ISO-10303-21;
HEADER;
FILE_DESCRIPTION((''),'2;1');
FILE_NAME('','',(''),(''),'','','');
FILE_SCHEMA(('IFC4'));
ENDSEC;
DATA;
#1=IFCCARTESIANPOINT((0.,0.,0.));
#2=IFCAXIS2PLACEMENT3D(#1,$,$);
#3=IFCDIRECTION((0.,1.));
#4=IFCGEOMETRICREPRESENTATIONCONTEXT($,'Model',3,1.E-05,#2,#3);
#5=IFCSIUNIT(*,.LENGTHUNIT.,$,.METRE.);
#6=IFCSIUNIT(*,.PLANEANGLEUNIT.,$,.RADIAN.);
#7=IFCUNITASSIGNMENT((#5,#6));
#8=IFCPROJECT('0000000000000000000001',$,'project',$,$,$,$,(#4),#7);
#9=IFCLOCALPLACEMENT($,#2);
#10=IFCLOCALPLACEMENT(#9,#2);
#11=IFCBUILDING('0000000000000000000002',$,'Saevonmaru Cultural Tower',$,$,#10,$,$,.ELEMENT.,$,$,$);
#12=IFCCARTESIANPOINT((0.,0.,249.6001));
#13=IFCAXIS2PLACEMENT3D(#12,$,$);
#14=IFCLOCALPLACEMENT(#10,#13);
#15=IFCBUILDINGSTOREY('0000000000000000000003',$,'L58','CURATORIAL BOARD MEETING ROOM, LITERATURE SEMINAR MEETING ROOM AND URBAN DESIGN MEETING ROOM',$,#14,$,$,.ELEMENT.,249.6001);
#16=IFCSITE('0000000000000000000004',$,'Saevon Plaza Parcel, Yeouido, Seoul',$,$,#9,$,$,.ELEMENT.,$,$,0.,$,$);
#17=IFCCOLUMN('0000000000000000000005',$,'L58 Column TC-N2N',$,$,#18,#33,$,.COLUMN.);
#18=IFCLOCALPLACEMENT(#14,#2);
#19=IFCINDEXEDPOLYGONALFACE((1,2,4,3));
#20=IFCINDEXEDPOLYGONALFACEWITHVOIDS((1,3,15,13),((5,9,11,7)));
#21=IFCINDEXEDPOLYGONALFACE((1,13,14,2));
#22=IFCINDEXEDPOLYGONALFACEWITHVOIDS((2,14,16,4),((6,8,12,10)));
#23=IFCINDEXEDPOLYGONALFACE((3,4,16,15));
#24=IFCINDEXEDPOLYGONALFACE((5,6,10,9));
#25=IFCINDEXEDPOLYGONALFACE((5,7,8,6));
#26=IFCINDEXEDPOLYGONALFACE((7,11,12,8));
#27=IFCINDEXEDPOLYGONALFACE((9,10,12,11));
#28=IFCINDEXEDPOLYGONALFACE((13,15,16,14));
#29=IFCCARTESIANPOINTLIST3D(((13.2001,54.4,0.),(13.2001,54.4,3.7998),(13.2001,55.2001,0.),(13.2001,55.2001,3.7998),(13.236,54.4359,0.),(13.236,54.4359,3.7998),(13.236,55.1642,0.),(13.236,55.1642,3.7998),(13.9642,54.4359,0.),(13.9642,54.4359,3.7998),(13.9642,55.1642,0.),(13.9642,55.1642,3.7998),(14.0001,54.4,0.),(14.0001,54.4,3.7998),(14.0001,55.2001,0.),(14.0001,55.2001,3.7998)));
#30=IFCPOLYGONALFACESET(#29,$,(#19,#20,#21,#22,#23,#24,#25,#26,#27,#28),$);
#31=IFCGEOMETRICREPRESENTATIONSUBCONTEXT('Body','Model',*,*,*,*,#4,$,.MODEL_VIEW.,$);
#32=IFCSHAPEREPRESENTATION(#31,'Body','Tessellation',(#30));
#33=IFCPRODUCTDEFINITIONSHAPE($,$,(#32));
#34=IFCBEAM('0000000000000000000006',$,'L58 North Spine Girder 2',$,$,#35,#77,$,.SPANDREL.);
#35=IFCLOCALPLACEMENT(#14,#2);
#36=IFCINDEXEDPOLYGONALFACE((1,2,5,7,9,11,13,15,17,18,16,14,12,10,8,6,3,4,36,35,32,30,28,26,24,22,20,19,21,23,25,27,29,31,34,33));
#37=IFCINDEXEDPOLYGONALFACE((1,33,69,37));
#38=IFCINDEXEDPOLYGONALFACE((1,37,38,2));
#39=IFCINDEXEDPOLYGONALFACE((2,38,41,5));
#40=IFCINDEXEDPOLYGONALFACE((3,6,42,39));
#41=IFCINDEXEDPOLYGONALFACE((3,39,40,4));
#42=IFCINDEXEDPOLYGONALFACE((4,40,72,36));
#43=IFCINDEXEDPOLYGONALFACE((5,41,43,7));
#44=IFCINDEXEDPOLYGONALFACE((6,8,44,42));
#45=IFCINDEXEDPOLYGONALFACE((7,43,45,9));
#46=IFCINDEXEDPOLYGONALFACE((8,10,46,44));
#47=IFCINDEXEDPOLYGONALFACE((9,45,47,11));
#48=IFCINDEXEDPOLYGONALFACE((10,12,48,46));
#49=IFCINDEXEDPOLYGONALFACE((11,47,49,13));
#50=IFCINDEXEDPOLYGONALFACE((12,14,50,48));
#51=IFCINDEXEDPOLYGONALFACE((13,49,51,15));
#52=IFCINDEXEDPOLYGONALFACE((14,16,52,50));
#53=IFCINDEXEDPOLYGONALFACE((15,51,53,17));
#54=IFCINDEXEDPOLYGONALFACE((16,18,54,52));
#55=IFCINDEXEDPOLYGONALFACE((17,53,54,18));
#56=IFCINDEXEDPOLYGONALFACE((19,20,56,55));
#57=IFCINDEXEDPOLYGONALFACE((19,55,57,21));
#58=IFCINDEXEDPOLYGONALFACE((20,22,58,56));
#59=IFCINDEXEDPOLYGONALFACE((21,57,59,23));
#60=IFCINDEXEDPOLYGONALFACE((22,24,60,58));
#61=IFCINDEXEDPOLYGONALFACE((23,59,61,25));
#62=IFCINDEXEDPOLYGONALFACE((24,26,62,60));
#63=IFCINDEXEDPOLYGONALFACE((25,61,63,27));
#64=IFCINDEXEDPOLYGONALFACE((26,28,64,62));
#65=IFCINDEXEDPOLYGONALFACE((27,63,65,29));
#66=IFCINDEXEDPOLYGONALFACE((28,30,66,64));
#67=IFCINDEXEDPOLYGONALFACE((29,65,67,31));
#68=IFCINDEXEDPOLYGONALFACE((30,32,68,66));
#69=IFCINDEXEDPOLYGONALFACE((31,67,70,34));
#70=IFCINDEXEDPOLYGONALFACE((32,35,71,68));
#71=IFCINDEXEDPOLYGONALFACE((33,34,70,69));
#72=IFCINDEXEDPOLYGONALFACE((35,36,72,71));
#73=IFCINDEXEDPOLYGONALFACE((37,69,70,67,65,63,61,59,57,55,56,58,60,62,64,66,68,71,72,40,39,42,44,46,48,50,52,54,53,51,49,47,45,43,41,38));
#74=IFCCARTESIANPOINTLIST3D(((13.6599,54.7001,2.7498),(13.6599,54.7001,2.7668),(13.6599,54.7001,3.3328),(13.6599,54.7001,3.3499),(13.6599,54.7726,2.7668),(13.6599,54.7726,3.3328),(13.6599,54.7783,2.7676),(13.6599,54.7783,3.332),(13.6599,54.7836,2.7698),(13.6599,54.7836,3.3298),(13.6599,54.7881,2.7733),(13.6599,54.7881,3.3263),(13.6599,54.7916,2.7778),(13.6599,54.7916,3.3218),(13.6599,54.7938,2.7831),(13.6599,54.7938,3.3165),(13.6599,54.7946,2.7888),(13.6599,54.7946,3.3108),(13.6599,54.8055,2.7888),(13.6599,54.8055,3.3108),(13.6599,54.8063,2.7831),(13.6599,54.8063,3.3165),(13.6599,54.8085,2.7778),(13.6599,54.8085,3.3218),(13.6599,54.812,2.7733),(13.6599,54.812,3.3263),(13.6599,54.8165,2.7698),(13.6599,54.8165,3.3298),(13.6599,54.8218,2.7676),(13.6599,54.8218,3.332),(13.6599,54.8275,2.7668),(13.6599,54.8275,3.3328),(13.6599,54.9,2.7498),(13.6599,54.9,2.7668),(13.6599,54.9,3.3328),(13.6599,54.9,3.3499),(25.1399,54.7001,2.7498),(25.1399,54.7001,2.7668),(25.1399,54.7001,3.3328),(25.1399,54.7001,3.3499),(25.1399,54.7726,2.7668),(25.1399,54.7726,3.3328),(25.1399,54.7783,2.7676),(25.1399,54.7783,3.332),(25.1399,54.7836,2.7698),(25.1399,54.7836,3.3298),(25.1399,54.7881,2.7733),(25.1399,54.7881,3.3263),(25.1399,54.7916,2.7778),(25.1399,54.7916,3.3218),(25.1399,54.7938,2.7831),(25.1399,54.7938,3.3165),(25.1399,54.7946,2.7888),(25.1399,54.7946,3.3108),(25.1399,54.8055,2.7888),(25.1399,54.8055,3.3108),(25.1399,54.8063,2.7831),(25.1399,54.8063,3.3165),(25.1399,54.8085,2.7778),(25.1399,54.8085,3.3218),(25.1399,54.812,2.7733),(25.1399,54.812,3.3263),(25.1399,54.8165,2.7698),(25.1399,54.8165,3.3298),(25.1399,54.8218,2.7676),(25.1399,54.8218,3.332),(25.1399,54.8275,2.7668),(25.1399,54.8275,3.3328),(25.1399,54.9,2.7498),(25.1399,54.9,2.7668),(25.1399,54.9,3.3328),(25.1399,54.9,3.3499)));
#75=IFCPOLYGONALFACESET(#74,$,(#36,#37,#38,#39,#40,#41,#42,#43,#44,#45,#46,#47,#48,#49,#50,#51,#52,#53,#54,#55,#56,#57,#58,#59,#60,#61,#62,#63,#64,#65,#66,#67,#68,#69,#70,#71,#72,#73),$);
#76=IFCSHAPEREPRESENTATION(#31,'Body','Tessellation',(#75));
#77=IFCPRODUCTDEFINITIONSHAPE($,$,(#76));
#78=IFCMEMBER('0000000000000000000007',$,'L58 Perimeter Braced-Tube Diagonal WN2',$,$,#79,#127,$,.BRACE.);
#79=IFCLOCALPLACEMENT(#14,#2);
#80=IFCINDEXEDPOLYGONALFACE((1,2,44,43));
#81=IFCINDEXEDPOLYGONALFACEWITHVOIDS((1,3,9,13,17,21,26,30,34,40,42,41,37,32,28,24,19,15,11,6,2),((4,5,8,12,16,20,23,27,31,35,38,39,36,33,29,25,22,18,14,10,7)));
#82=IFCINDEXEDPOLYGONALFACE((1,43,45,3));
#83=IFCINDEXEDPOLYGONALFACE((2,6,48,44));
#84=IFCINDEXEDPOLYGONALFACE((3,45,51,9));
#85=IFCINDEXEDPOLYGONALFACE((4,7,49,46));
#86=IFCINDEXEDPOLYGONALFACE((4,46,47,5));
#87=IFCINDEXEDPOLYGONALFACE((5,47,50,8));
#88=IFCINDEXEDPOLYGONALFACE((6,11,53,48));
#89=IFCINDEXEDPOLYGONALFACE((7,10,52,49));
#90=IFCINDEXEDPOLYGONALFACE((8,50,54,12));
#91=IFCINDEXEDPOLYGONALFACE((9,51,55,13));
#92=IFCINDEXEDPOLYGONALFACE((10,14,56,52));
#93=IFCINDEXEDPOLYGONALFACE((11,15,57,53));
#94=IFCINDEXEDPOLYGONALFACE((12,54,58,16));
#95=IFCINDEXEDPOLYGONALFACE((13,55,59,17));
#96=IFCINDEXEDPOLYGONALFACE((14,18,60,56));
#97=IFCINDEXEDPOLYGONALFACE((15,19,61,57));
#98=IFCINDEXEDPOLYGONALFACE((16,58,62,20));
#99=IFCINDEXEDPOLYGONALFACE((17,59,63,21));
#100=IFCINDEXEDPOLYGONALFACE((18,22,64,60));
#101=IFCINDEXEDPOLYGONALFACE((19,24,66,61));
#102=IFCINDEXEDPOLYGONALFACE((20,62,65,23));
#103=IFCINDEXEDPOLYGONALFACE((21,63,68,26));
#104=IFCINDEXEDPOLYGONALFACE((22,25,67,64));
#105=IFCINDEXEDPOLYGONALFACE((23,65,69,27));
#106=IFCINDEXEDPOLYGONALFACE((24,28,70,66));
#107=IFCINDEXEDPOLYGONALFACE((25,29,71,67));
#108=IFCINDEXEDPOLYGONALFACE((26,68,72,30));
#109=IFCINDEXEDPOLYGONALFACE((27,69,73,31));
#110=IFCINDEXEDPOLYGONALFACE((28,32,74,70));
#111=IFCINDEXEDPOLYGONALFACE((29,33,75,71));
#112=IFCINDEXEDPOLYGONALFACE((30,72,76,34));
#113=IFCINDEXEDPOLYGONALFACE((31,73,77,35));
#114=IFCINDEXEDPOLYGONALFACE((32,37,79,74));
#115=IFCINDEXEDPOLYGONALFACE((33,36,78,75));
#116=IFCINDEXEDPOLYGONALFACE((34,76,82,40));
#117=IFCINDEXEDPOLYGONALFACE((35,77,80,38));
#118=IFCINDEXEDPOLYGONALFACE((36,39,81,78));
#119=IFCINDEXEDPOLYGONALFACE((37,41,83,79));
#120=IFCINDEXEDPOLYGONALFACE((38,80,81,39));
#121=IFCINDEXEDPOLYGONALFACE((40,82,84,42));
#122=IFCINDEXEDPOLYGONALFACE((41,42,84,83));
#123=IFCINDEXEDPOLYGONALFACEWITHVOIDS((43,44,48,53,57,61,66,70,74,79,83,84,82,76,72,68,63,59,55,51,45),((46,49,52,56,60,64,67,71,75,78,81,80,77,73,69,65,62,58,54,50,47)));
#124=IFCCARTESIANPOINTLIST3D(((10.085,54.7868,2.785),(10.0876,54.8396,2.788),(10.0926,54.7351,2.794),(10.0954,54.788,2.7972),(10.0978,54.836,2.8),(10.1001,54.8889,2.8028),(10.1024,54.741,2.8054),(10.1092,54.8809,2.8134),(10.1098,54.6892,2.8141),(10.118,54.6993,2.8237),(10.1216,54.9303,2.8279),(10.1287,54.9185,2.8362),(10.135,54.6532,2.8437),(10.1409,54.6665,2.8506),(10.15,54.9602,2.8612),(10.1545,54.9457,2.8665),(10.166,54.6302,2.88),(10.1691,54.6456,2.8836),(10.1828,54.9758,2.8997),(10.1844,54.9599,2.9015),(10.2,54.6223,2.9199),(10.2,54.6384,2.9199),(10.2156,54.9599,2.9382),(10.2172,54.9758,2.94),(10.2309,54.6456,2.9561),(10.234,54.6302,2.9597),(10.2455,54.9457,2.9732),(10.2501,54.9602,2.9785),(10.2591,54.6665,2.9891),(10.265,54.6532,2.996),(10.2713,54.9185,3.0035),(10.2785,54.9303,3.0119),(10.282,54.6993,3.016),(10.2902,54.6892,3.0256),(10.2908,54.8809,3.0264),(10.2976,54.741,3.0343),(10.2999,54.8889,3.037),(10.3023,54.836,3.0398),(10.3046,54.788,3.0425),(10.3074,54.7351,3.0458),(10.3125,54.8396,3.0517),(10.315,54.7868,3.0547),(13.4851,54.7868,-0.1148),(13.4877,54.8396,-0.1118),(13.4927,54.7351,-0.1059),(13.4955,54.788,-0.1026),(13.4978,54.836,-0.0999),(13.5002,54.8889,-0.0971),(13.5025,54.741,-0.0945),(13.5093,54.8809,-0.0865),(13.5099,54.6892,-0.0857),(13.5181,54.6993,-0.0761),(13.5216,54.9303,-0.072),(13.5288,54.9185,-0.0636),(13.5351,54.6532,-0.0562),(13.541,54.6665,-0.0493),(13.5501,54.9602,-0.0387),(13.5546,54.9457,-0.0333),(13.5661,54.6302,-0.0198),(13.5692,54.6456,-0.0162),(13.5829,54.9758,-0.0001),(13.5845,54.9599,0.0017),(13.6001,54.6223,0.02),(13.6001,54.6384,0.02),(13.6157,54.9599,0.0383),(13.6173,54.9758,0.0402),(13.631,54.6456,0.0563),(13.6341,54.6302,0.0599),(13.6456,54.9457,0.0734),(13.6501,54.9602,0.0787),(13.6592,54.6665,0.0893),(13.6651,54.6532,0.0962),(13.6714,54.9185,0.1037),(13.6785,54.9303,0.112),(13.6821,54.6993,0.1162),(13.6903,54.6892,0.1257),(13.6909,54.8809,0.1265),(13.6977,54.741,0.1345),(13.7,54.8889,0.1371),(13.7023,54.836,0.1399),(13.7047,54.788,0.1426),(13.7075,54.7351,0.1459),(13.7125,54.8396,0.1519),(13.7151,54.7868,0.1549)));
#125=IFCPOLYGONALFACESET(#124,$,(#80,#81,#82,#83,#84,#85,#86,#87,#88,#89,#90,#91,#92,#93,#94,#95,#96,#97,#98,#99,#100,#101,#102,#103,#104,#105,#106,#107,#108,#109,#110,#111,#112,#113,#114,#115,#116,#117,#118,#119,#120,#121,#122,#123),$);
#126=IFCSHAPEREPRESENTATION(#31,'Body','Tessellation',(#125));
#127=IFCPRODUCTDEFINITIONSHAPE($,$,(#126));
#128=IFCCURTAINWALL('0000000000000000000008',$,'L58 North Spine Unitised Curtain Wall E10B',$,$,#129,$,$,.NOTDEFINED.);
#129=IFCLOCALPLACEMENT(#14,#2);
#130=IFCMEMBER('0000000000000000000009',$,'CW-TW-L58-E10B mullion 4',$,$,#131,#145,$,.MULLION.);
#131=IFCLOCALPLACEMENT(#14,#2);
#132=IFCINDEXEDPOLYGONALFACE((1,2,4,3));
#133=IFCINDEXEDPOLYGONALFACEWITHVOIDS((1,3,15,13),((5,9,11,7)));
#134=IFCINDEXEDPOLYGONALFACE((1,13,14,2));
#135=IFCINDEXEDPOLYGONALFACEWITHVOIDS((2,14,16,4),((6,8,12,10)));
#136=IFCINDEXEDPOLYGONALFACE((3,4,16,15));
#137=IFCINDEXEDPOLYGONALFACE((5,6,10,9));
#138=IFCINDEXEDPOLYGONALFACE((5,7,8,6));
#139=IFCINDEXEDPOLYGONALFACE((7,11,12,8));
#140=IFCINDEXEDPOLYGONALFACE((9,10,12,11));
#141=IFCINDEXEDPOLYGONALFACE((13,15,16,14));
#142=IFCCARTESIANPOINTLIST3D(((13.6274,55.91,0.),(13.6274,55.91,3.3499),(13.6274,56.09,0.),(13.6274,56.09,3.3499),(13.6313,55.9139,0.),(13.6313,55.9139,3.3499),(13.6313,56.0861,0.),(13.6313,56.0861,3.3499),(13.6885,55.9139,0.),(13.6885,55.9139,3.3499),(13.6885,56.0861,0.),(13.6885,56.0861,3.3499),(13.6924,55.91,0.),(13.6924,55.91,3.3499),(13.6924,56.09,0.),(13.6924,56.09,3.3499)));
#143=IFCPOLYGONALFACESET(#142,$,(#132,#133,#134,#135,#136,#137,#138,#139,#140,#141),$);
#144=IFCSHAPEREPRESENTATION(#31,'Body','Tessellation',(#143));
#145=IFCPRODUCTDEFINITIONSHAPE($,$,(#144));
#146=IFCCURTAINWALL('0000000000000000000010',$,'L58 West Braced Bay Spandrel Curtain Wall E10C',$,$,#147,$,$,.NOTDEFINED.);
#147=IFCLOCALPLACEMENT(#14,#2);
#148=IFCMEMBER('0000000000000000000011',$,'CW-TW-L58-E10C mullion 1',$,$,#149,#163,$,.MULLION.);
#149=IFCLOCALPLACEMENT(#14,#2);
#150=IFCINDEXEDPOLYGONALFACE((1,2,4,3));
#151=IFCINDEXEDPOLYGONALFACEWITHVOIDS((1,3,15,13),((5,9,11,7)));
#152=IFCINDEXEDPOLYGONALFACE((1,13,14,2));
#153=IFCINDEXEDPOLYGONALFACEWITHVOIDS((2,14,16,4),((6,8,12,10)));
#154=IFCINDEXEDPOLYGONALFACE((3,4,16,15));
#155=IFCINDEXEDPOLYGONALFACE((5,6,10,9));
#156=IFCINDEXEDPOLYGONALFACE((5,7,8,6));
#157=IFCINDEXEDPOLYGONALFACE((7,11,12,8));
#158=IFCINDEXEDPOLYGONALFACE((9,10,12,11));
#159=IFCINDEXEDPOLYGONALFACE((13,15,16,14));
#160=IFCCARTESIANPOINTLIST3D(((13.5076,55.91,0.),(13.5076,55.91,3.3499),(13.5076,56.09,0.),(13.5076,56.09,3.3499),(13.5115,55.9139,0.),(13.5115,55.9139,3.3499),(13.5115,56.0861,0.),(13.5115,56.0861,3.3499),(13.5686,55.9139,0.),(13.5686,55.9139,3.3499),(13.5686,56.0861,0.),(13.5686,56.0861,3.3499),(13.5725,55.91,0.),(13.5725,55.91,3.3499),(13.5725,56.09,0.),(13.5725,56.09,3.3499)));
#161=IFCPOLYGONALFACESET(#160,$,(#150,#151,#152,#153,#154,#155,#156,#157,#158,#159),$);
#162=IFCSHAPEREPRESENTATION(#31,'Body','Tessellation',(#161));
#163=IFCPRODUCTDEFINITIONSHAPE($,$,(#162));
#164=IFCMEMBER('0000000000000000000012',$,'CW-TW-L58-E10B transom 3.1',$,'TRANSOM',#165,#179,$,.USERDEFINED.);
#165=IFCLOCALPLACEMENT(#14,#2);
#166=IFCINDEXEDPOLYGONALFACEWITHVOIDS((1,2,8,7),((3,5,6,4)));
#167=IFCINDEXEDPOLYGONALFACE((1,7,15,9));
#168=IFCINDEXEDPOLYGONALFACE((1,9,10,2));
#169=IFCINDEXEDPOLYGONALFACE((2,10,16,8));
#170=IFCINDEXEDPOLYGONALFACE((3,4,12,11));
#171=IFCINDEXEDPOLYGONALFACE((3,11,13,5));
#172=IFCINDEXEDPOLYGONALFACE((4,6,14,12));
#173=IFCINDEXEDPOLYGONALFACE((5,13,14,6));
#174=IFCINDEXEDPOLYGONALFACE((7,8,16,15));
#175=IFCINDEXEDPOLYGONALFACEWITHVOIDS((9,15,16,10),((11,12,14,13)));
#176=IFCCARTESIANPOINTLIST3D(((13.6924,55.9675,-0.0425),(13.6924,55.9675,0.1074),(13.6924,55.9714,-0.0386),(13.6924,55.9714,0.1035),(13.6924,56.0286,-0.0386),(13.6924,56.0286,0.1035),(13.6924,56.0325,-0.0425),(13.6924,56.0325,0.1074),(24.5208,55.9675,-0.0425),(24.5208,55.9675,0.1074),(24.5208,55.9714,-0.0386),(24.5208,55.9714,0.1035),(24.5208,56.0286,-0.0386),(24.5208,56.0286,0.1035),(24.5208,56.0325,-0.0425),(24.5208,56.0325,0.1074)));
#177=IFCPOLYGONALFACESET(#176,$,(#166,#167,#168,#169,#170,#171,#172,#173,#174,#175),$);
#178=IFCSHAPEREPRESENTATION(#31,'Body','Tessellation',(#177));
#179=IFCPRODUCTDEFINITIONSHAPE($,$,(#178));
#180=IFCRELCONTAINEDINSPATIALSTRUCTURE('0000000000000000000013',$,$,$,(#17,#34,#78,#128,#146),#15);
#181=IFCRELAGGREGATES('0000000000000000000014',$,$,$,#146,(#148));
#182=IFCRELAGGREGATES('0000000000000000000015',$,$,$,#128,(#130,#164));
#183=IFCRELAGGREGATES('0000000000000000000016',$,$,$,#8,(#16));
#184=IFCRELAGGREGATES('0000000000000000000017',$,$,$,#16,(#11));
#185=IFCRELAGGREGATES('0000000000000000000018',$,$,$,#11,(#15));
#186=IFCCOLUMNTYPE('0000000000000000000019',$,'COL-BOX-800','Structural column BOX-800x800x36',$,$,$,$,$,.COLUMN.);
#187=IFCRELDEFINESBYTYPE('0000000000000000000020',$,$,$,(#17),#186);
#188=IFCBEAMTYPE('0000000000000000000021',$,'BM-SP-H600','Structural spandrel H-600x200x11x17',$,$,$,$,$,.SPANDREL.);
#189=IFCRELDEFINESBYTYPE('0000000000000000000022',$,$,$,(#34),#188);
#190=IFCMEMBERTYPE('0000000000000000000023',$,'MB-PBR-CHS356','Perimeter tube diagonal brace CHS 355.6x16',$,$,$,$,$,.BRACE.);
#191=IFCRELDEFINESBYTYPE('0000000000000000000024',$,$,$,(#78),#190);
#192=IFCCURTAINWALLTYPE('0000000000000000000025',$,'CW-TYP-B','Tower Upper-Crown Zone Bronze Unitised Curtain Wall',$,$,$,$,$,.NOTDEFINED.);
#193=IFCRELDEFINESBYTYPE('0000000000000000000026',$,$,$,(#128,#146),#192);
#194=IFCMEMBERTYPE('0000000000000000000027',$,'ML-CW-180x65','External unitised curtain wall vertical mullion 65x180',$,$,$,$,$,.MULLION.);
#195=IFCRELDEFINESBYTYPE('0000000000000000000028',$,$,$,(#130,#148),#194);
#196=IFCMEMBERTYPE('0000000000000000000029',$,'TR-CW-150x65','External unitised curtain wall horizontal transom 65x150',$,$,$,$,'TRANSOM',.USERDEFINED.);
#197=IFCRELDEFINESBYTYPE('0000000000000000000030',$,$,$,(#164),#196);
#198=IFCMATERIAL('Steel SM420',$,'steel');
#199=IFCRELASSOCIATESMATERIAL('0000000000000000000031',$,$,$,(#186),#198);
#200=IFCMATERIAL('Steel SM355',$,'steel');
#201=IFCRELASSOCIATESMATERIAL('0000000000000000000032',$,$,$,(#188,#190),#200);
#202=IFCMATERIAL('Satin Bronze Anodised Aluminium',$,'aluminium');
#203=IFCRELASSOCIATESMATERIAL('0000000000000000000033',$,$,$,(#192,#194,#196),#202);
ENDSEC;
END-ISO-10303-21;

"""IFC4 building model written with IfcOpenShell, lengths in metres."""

from ifc_helpers import new_model, si_unit, direction, frame, origin, origin_2d, place, context, subcontext, project, spatial, hollow_rectangle, hollow_circle, i_section, extrude, material, material_profile, profile_set, type_object, element, aggregate, save


model = new_model("IFC4")

# Units and contexts
model_context = context("Model", 3, precision=1e-05, world=origin(), true_north=direction((0.0, 1.0)))
body_context = subcontext(model_context, "Body", "Model", "MODEL_VIEW")
ifc_project = project(units=[si_unit("LENGTHUNIT", "METRE"), si_unit("PLANEANGLEUNIT", "RADIAN")], contexts=[model_context])

# Site, building, storey
site_placement = place(None, origin())
site = spatial("IfcSite", under=ifc_project, at=site_placement, Name="Saevon Plaza Parcel, Yeouido, Seoul", CompositionType="ELEMENT", RefElevation=0.0)
building_placement = place(site_placement, origin())
building = spatial("IfcBuilding", under=site, at=building_placement, Name="Saevonmaru Cultural Tower", CompositionType="ELEMENT")
storey_placement = place(building_placement, frame((0.0, 0.0, 249.6001)))
storey = spatial("IfcBuildingStorey", under=building, at=storey_placement, Name="L58", Description="CURATORIAL BOARD MEETING ROOM, LITERATURE SEMINAR MEETING ROOM AND URBAN DESIGN MEETING ROOM", CompositionType="ELEMENT", Elevation=249.6001)

# Column
ifc_material_1 = material(Name="Steel SM420", Category="steel")
ifc_material_profile_1 = material_profile(ifc_material_1, hollow_rectangle(XDim=0.8, YDim=0.8, WallThickness=0.0359, at=origin_2d()), Name="BOX-800x800x36")
ifc_profile_set_1 = profile_set([ifc_material_profile_1], Name="Steel SM420")
column_type = type_object("IfcColumnType", Name="COL-BOX-800", Description="Structural column BOX-800x800x36", PredefinedType="COLUMN", material=ifc_profile_set_1)
column_placement = place(storey_placement, frame((13.6001, 54.8, 0.0), z_axis=(0.0, 0.0, 1.0), x_axis=(1.0, 0.0, 0.0)))
element("IfcColumn", 1, at=column_placement, inside=storey, type_object=column_type, Name="L58 Column TC-N2N", PredefinedType="COLUMN", context=body_context, shape_type="SweptSolid", body=[
    extrude(hollow_rectangle(XDim=0.8, YDim=0.8, WallThickness=0.0359, at=origin_2d()), origin(), (0.0, 0.0, 1.0), 3.7998),
])

# Beam
ifc_material_2 = material(Name="Steel SM355", Category="steel")
ifc_material_profile_2 = material_profile(ifc_material_2, i_section(OverallWidth=0.2, OverallDepth=0.6001, WebThickness=0.011, FlangeThickness=0.0171, FilletRadius=0.022, at=origin_2d()), Name="H-600x200x11x17")
ifc_profile_set_2 = profile_set([ifc_material_profile_2], Name="Steel SM355")
beam_type = type_object("IfcBeamType", Name="BM-SP-H600", Description="Structural spandrel H-600x200x11x17", PredefinedType="SPANDREL", material=ifc_profile_set_2)
beam_placement = place(storey_placement, frame((13.6599, 54.8, 3.0498), z_axis=(1.0, 0.0, 0.0), x_axis=(0.0, 1.0, 0.0)))
element("IfcBeam", 2, at=beam_placement, inside=storey, type_object=beam_type, Name="L58 North Spine Girder 2", PredefinedType="SPANDREL", context=body_context, shape_type="SweptSolid", body=[
    extrude(i_section(OverallWidth=0.2, OverallDepth=0.6001, WebThickness=0.011, FlangeThickness=0.0171, FilletRadius=0.022, at=origin_2d()), origin(), (0.0, 0.0, 1.0), 11.48),
])

# Member
ifc_material_profile_3 = material_profile(ifc_material_2, hollow_circle(Radius=0.1777, WallThickness=0.0161, at=origin_2d()), Name="CHS-355.6x16")
ifc_profile_set_3 = profile_set([ifc_material_profile_3], Name="Steel SM355")
member_type_1 = type_object("IfcMemberType", Name="MB-PBR-CHS356", Description="Perimeter tube diagonal brace CHS 355.6x16", PredefinedType="BRACE", material=ifc_profile_set_3)
member_1_placement = place(storey_placement, frame((13.6001, 54.8, 0.02), z_axis=(-0.760859, 0.0, 0.648918), x_axis=(0.0, -1.0, 0.0)))
element("IfcMember", 3, at=member_1_placement, inside=storey, type_object=member_type_1, Name="L58 Perimeter Braced-Tube Diagonal WN2", PredefinedType="BRACE", context=body_context, shape_type="SweptSolid", body=[
    extrude(hollow_circle(Radius=0.1777, WallThickness=0.0161, at=origin_2d()), origin(), (0.0, 0.0, 1.0), 4.4688),
])

# Curtain walls, members
ifc_material_3 = material(Name="Satin Bronze Anodised Aluminium", Category="aluminium")
curtain_wall_type = type_object("IfcCurtainWallType", Name="CW-TYP-B", Description="Tower Upper-Crown Zone Bronze Unitised Curtain Wall", PredefinedType="NOTDEFINED", material=ifc_material_3)
curtain_wall_1_placement = place(storey_placement, origin())
curtain_wall_1 = element("IfcCurtainWall", 4, at=curtain_wall_1_placement, inside=storey, type_object=curtain_wall_type, Name="L58 North Spine Unitised Curtain Wall E10B", PredefinedType="NOTDEFINED")
ifc_material_profile_4 = material_profile(ifc_material_3, hollow_rectangle(XDim=0.0649, YDim=0.1799, WallThickness=0.0039, at=origin_2d()), Name="ALU-MULL-180x65x4")
ifc_profile_set_4 = profile_set([ifc_material_profile_4], Name="Satin Bronze Anodised Aluminium")
member_type_2 = type_object("IfcMemberType", Name="ML-CW-180x65", Description="External unitised curtain wall vertical mullion 65x180", PredefinedType="MULLION", material=ifc_profile_set_4)
member_2_placement = place(storey_placement, frame((13.6599, 56.0, 0.0), z_axis=(0.0, 0.0, 1.0), x_axis=(-1.0, 0.0, 0.0)))
member_2 = element("IfcMember", 5, at=member_2_placement, type_object=member_type_2, Name="CW-TW-L58-E10B mullion 4", PredefinedType="MULLION", context=body_context, shape_type="SweptSolid", body=[
    extrude(hollow_rectangle(XDim=0.0649, YDim=0.1799, WallThickness=0.0039, at=origin_2d()), origin(), (0.0, 0.0, 1.0), 3.3499),
])
curtain_wall_2_placement = place(storey_placement, origin())
curtain_wall_2 = element("IfcCurtainWall", 6, at=curtain_wall_2_placement, inside=storey, type_object=curtain_wall_type, Name="L58 West Braced Bay Spandrel Curtain Wall E10C", PredefinedType="NOTDEFINED")
member_3_placement = place(storey_placement, frame((13.54, 56.0, 0.0), z_axis=(0.0, 0.0, 1.0), x_axis=(-1.0, 0.0, 0.0)))
member_3 = element("IfcMember", 7, at=member_3_placement, type_object=member_type_2, Name="CW-TW-L58-E10C mullion 1", PredefinedType="MULLION", context=body_context, shape_type="SweptSolid", body=[
    extrude(hollow_rectangle(XDim=0.0649, YDim=0.1799, WallThickness=0.0039, at=origin_2d()), origin(), (0.0, 0.0, 1.0), 3.3499),
])

# Member
ifc_material_profile_5 = material_profile(ifc_material_3, hollow_rectangle(XDim=0.0649, YDim=0.1499, WallThickness=0.0039, at=origin_2d()), Name="ALU-TRAN-150x65x4")
ifc_profile_set_5 = profile_set([ifc_material_profile_5], Name="Satin Bronze Anodised Aluminium")
member_type_3 = type_object("IfcMemberType", Name="TR-CW-150x65", Description="External unitised curtain wall horizontal transom 65x150", ElementType="TRANSOM", PredefinedType="USERDEFINED", material=ifc_profile_set_5)
member_4_placement = place(storey_placement, frame((24.5208, 56.0, 0.0325), z_axis=(-1.0, 0.0, 0.0), x_axis=(0.0, -1.0, 0.0)))
member_4 = element("IfcMember", 8, at=member_4_placement, type_object=member_type_3, Name="CW-TW-L58-E10B transom 3.1", ObjectType="TRANSOM", PredefinedType="USERDEFINED", context=body_context, shape_type="SweptSolid", body=[
    extrude(hollow_rectangle(XDim=0.0649, YDim=0.1499, WallThickness=0.0039, at=origin_2d()), origin(), (0.0, 0.0, 1.0), 10.8284),
])
aggregate(curtain_wall_2, [member_3])

aggregate(curtain_wall_1, [member_2, member_4])

save(model, "model.ifc")
